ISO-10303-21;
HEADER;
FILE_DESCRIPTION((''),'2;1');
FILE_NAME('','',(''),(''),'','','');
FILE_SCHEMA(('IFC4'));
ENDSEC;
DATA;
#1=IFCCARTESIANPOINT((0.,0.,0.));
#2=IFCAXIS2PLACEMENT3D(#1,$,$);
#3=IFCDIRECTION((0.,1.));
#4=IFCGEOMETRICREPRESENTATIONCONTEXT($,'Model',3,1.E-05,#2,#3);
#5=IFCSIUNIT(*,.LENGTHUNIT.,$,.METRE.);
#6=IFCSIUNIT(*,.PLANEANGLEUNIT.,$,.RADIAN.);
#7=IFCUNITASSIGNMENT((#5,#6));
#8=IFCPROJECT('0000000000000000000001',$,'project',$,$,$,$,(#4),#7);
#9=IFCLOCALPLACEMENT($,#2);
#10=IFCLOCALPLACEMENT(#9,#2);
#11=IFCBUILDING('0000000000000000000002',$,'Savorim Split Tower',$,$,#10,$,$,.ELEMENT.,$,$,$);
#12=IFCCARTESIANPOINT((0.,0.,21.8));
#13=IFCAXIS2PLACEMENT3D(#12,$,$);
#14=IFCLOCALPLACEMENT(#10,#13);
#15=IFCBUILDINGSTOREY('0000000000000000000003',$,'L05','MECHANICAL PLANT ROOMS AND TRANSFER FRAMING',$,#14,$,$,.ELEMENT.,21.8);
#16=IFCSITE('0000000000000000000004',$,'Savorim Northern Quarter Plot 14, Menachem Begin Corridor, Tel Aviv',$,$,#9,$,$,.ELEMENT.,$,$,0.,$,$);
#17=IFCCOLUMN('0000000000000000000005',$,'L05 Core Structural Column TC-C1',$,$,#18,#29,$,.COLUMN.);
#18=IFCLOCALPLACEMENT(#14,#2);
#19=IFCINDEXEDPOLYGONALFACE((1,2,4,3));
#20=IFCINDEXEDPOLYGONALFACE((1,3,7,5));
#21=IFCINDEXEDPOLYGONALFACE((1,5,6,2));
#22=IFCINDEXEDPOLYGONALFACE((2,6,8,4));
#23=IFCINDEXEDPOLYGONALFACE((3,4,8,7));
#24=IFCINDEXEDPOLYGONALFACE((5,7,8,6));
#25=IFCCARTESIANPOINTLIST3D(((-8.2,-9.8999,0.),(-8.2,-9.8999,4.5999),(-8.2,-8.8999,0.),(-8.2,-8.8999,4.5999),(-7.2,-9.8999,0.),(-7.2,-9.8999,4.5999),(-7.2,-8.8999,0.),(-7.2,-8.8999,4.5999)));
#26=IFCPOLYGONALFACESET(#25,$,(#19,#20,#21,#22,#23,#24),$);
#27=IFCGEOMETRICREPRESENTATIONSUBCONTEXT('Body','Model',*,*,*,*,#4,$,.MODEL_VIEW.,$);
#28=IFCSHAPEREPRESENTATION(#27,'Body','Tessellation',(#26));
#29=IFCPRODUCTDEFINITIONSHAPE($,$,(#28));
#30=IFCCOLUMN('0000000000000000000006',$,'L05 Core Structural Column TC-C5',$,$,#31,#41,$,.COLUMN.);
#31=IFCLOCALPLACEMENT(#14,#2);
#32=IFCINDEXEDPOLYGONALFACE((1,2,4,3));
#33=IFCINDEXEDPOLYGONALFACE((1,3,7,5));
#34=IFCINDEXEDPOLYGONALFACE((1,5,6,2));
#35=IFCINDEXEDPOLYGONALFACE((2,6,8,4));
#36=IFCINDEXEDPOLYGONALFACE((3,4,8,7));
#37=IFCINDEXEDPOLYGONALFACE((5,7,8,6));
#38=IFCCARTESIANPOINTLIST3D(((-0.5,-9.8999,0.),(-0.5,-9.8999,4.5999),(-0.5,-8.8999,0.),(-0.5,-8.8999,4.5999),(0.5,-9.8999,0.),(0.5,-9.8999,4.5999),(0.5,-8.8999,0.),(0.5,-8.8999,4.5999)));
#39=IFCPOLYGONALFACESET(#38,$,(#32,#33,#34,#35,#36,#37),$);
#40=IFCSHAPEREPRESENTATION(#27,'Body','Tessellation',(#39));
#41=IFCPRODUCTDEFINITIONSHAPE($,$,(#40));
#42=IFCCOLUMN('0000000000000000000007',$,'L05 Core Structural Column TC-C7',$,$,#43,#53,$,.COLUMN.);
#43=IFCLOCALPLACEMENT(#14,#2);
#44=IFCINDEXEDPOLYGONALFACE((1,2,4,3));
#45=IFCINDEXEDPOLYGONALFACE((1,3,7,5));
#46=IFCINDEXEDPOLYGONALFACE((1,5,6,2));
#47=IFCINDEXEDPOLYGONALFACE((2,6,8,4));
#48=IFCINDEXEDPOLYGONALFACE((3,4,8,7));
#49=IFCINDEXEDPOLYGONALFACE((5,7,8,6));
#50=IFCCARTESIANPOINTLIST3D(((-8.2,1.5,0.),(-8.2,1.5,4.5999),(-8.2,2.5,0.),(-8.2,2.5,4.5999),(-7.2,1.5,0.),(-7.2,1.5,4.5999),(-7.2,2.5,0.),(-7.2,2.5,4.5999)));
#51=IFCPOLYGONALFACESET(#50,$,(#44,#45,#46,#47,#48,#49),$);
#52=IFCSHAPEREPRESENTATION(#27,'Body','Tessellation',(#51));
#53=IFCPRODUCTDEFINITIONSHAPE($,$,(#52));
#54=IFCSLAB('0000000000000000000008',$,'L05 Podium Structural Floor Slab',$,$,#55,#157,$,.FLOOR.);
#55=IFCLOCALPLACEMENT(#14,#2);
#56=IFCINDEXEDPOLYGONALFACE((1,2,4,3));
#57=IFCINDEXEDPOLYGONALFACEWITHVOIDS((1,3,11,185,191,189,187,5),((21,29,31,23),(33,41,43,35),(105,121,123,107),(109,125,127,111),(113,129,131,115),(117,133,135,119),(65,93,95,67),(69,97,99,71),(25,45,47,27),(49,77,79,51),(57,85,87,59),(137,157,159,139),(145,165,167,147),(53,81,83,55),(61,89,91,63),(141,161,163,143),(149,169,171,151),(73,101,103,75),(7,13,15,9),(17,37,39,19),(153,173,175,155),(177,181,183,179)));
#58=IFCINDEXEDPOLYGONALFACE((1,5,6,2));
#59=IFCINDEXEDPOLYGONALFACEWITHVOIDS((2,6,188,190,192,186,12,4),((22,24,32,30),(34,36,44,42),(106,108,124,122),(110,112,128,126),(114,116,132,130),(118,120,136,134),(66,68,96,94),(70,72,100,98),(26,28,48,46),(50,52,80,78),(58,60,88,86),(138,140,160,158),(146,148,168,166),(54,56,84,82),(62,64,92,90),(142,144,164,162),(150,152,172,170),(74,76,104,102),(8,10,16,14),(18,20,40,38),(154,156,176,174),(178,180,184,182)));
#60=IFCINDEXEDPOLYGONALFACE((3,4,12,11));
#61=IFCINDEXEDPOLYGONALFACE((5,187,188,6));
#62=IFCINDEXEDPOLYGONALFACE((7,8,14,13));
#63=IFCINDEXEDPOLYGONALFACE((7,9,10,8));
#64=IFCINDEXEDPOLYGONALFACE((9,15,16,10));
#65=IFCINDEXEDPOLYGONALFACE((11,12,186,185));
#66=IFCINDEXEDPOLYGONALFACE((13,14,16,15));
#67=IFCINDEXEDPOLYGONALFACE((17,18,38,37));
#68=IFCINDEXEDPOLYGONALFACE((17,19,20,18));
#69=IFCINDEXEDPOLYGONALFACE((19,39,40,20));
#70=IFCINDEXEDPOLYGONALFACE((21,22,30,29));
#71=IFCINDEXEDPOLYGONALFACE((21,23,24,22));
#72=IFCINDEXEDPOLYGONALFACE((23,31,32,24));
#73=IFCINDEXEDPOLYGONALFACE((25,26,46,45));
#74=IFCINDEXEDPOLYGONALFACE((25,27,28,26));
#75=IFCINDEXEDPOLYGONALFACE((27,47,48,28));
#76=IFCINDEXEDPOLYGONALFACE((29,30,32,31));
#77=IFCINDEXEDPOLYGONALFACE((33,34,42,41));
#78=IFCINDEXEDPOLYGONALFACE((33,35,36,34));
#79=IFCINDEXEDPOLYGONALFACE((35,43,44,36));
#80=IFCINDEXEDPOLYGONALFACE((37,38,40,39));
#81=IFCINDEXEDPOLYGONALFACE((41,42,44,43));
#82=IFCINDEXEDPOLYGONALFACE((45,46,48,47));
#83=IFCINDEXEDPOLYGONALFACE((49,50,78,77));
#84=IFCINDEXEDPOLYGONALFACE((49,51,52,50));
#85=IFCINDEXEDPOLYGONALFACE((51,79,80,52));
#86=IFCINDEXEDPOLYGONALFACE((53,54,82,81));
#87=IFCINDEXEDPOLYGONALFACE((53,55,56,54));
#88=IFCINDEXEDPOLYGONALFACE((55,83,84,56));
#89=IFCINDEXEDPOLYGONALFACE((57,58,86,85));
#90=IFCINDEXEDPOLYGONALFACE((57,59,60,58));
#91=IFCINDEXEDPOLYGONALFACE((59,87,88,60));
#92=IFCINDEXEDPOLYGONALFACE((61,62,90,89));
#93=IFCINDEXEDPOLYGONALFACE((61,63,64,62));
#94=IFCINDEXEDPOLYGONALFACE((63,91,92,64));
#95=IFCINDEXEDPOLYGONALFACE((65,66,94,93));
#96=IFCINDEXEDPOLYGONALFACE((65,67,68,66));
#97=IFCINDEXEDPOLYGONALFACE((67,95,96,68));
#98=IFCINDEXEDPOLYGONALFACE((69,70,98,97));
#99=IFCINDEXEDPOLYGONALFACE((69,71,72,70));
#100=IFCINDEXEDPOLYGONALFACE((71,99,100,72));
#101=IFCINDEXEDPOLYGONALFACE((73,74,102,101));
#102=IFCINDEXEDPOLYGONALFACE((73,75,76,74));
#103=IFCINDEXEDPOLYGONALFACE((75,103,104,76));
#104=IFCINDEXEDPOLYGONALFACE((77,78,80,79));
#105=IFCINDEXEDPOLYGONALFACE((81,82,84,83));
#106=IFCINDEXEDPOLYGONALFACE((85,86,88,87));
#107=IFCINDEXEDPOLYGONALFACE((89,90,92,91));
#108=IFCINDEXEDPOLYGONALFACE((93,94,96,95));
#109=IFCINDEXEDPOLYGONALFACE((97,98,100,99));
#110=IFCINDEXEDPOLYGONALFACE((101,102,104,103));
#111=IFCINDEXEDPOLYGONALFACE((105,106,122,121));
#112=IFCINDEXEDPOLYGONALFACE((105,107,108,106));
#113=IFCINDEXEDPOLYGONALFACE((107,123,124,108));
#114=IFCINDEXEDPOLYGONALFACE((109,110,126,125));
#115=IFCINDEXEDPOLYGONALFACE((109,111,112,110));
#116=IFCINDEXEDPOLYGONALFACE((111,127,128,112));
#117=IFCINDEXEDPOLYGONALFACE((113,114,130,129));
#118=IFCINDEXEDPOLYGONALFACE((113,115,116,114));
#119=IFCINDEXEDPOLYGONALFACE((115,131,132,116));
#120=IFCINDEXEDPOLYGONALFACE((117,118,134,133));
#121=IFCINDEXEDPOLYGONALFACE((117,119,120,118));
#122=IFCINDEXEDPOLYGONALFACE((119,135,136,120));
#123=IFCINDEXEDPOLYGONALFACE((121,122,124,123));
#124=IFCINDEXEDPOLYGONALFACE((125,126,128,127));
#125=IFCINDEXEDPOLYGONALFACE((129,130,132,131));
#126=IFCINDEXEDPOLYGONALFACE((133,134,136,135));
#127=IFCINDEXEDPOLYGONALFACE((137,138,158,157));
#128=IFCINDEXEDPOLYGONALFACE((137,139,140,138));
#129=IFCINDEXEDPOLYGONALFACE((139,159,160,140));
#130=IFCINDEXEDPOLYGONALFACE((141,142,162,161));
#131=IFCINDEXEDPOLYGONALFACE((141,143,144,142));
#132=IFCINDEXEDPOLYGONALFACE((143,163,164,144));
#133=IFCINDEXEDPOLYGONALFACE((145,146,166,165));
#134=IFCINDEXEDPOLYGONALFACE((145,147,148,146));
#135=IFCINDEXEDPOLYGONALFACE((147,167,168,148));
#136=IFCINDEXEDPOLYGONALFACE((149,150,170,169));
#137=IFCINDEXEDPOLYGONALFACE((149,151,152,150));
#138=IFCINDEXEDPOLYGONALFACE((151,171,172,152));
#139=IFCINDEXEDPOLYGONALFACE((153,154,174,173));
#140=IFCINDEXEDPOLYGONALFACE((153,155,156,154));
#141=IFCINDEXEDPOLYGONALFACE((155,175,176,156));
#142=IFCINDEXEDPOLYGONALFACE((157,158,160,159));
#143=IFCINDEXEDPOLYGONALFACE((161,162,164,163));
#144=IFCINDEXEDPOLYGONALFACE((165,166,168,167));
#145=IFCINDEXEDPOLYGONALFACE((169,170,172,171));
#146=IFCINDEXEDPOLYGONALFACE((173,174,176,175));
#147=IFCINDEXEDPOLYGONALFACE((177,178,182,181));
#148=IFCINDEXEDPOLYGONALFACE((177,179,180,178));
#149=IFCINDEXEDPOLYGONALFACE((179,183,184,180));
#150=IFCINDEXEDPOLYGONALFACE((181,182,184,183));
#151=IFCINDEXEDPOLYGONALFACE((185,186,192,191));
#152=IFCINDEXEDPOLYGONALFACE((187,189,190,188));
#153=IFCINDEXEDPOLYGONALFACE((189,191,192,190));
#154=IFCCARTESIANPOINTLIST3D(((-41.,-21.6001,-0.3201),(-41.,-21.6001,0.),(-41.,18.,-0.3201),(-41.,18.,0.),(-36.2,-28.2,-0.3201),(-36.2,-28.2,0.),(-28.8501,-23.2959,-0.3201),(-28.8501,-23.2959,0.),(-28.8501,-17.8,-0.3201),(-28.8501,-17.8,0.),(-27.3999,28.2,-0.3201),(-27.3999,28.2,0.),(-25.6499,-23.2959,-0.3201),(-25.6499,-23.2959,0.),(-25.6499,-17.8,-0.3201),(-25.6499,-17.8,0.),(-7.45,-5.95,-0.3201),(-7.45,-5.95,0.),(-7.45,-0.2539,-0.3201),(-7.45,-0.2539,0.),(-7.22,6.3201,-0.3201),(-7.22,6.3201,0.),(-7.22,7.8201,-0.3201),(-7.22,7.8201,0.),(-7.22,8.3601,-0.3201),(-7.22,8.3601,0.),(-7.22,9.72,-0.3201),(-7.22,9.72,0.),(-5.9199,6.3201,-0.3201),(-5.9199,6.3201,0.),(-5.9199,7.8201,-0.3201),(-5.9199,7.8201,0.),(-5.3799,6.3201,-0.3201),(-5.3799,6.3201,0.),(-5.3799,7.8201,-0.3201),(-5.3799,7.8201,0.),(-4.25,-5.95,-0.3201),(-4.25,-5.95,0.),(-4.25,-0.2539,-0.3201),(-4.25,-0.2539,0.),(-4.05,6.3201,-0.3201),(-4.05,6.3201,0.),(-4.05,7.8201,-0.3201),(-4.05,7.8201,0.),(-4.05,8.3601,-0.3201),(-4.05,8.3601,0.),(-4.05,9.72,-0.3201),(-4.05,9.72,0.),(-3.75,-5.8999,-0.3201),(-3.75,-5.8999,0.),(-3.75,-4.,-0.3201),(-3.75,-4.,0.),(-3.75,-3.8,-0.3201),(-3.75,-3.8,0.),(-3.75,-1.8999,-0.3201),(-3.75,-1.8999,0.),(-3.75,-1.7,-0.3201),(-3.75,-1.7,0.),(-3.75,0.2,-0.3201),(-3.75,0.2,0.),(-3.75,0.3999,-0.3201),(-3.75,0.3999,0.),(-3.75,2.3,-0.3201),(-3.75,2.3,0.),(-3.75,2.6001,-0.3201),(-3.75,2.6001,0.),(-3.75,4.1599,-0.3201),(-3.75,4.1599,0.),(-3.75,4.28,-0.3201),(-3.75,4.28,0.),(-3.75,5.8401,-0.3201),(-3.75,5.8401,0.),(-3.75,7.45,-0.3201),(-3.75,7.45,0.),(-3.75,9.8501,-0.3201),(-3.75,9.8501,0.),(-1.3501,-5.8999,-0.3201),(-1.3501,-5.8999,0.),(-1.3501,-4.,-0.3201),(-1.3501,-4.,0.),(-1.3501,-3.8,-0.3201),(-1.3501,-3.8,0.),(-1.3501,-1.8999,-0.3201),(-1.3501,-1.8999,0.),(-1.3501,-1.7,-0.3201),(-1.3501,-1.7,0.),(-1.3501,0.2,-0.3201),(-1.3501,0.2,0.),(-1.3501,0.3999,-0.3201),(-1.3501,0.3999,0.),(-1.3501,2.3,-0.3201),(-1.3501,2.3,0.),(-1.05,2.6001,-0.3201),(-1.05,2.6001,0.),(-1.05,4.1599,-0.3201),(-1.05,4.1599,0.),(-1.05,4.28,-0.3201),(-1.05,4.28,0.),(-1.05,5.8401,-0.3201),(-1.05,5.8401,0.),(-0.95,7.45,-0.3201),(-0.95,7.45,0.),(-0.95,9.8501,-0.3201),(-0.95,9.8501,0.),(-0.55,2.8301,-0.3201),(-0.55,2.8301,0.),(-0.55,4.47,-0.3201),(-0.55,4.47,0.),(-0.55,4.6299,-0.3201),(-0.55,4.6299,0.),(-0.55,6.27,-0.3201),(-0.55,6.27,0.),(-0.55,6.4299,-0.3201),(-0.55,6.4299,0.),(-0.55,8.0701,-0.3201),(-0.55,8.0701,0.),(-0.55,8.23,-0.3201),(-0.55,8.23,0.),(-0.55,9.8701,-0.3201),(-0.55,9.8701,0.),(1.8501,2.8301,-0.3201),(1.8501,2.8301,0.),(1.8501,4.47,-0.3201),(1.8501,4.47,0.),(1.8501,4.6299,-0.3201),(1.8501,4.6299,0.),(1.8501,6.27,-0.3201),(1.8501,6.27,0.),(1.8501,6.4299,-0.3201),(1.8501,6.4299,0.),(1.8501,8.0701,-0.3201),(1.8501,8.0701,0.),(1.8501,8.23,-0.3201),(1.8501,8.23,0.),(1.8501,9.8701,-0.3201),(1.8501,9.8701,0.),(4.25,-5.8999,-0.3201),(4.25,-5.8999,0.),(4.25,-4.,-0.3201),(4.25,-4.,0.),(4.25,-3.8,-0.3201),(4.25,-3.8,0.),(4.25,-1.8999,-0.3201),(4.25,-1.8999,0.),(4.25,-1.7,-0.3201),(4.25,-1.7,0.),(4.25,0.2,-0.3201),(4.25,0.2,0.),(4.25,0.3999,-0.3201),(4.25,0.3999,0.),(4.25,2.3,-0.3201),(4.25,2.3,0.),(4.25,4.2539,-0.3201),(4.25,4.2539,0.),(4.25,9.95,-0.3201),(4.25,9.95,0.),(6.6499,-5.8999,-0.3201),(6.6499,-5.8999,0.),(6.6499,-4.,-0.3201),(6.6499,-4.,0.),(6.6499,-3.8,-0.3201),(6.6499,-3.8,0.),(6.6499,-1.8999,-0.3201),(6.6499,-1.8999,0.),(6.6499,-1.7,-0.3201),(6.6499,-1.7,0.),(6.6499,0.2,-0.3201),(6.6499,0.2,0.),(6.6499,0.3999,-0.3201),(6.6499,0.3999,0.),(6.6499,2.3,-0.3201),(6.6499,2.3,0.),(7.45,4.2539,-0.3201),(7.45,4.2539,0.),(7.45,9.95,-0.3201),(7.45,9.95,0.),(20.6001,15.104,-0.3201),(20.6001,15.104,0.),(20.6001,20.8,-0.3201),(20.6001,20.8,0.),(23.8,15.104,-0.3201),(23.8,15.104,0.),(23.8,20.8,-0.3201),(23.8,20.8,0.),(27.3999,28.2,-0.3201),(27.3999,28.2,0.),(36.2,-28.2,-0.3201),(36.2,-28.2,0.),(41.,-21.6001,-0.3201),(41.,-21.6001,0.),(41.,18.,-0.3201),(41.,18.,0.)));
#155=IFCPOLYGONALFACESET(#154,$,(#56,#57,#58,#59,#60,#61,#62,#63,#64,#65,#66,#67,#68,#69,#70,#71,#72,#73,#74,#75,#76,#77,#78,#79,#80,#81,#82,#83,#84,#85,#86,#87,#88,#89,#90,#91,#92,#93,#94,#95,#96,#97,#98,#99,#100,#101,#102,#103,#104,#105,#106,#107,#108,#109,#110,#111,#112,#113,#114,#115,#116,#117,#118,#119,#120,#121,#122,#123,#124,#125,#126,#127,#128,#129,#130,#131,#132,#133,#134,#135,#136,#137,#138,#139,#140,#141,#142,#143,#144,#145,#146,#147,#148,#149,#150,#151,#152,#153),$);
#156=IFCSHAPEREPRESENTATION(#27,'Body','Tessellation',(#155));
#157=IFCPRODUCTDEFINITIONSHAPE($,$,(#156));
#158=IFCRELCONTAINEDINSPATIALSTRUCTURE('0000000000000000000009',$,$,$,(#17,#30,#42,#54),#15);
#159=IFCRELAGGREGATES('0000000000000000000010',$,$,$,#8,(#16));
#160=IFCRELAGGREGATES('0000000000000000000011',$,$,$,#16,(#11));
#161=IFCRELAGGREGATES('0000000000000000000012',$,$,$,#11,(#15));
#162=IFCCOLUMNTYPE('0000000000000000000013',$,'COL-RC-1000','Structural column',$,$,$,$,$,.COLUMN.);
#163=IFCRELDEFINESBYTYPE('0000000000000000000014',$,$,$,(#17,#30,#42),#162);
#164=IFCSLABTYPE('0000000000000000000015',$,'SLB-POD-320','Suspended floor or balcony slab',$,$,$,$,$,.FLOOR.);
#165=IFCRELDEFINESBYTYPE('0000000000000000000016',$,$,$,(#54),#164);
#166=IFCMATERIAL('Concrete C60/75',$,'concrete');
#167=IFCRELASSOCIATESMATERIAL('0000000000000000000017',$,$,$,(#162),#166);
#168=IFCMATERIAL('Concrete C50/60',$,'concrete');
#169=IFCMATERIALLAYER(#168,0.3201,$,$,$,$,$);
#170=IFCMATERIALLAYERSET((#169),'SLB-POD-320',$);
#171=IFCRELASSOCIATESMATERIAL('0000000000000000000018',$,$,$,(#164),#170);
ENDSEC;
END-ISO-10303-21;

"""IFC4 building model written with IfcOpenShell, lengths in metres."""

from ifc_helpers import new_model, si_unit, direction, frame, origin, origin_2d, place, context, subcontext, project, spatial, polyline, rectangle, outline, extrude, material, layer, layer_set, material_profile, profile_set, type_object, element, save


model = new_model("IFC4")

# Units and contexts
model_context = context("Model", 3, precision=1e-05, world=origin(), true_north=direction((0.0, 1.0)))
body_context = subcontext(model_context, "Body", "Model", "MODEL_VIEW")
ifc_project = project(units=[si_unit("LENGTHUNIT", "METRE"), si_unit("PLANEANGLEUNIT", "RADIAN")], contexts=[model_context])

# Site, building, storey
site_placement = place(None, origin())
site = spatial("IfcSite", under=ifc_project, at=site_placement, Name="Savorim Northern Quarter Plot 14, Menachem Begin Corridor, Tel Aviv", CompositionType="ELEMENT", RefElevation=0.0)
building_placement = place(site_placement, origin())
building = spatial("IfcBuilding", under=site, at=building_placement, Name="Savorim Split Tower", CompositionType="ELEMENT")
storey_placement = place(building_placement, frame((0.0, 0.0, 21.8)))
storey = spatial("IfcBuildingStorey", under=building, at=storey_placement, Name="L05", Description="MECHANICAL PLANT ROOMS AND TRANSFER FRAMING", CompositionType="ELEMENT", Elevation=21.8)

# Columns
ifc_material_1 = material(Name="Concrete C60/75", Category="concrete")
ifc_material_profile = material_profile(ifc_material_1, rectangle(XDim=1.0, YDim=1.0, at=origin_2d()), Name="RC 1000x1000")
ifc_profile_set = profile_set([ifc_material_profile], Name="Concrete C60/75")
column_type = type_object("IfcColumnType", Name="COL-RC-1000", Description="Structural column", PredefinedType="COLUMN", material=ifc_profile_set)
for number, where, z_axis, x_axis, name in (
    (1, (-7.7, -9.3999, 0.0), (0.0, 0.0, 1.0), (1.0, 0.0, 0.0), "L05 Core Structural Column TC-C1"),
    (2, (0.0, -9.3999, 0.0), (0.0, 0.0, 1.0), (1.0, 0.0, 0.0), "L05 Core Structural Column TC-C5"),
    (3, (-7.7, 2.0, 0.0), (0.0, 0.0, 1.0), (1.0, 0.0, 0.0), "L05 Core Structural Column TC-C7"),
):
    element("IfcColumn", number, at=place(storey_placement, frame(where, z_axis=z_axis, x_axis=x_axis)), inside=storey, type_object=column_type, Name=name, PredefinedType="COLUMN", context=body_context, shape_type="SweptSolid", body=[
        extrude(rectangle(XDim=1.0, YDim=1.0, at=origin_2d()), origin(), (0.0, 0.0, 1.0), 4.5999),
    ])

# Slab
ifc_material_2 = material(Name="Concrete C50/60", Category="concrete")
ifc_layer_1 = layer(ifc_material_2, 0.3201)
ifc_layer_set_1 = layer_set([ifc_layer_1], Name="SLB-POD-320")
slab_type = type_object("IfcSlabType", Name="SLB-POD-320", Description="Suspended floor or balcony slab", PredefinedType="FLOOR", material=ifc_layer_set_1)
slab_placement = place(storey_placement, frame((0.0, 0.0, -0.3201)))
element("IfcSlab", 4, at=slab_placement, inside=storey, type_object=slab_type, Name="L05 Podium Structural Floor Slab", PredefinedType="FLOOR", context=body_context, shape_type="SweptSolid", body=[
    extrude(outline(polyline([(-36.2, -28.2), (36.2, -28.2), (41.0, -21.6001), (41.0, 18.0), (27.3999, 28.2), (-27.3999, 28.2), (-41.0, 18.0), (-41.0, -21.6001), (-36.2, -28.2)]), holes=[polyline([(-7.45, -0.2539), (-7.45, -5.95), (-4.25, -5.95), (-4.25, -0.2539), (-7.45, -0.2539)]), polyline([(7.45, 4.2539), (7.45, 9.95), (4.25, 9.95), (4.25, 4.2539), (7.45, 4.2539)]), polyline([(23.8, 15.104), (23.8, 20.8), (20.6001, 20.8), (20.6001, 15.104), (23.8, 15.104)]), polyline([(-25.6499, -23.2959), (-25.6499, -17.8), (-28.8501, -17.8), (-28.8501, -23.2959), (-25.6499, -23.2959)]), polyline([(4.25, -5.8999), (6.6499, -5.8999), (6.6499, -4.0), (4.25, -4.0), (4.25, -5.8999)]), polyline([(4.25, -3.8), (6.6499, -3.8), (6.6499, -1.8999), (4.25, -1.8999), (4.25, -3.8)]), polyline([(4.25, -1.7), (6.6499, -1.7), (6.6499, 0.2), (4.25, 0.2), (4.25, -1.7)]), polyline([(4.25, 0.3999), (6.6499, 0.3999), (6.6499, 2.3), (4.25, 2.3), (4.25, 0.3999)]), polyline([(-3.75, -5.8999), (-1.3501, -5.8999), (-1.3501, -4.0), (-3.75, -4.0), (-3.75, -5.8999)]), polyline([(-3.75, -3.8), (-1.3501, -3.8), (-1.3501, -1.8999), (-3.75, -1.8999), (-3.75, -3.8)]), polyline([(-3.75, -1.7), (-1.3501, -1.7), (-1.3501, 0.2), (-3.75, 0.2), (-3.75, -1.7)]), polyline([(-3.75, 0.3999), (-1.3501, 0.3999), (-1.3501, 2.3), (-3.75, 2.3), (-3.75, 0.3999)]), polyline([(-0.55, 2.8301), (1.8501, 2.8301), (1.8501, 4.47), (-0.55, 4.47), (-0.55, 2.8301)]), polyline([(-0.55, 4.6299), (1.8501, 4.6299), (1.8501, 6.27), (-0.55, 6.27), (-0.55, 4.6299)]), polyline([(-0.55, 6.4299), (1.8501, 6.4299), (1.8501, 8.0701), (-0.55, 8.0701), (-0.55, 6.4299)]), polyline([(-0.55, 8.23), (1.8501, 8.23), (1.8501, 9.8701), (-0.55, 9.8701), (-0.55, 8.23)]), polyline([(-3.75, 2.6001), (-1.05, 2.6001), (-1.05, 4.1599), (-3.75, 4.1599), (-3.75, 2.6001)]), polyline([(-3.75, 4.28), (-1.05, 4.28), (-1.05, 5.8401), (-3.75, 5.8401), (-3.75, 4.28)]), polyline([(-3.75, 7.45), (-0.95, 7.45), (-0.95, 9.8501), (-3.75, 9.8501), (-3.75, 7.45)]), polyline([(-7.22, 6.3201), (-5.9199, 6.3201), (-5.9199, 7.8201), (-7.22, 7.8201), (-7.22, 6.3201)]), polyline([(-5.3799, 6.3201), (-4.05, 6.3201), (-4.05, 7.8201), (-5.3799, 7.8201), (-5.3799, 6.3201)]), polyline([(-7.22, 8.3601), (-4.05, 8.3601), (-4.05, 9.72), (-7.22, 9.72), (-7.22, 8.3601)])]), origin(), (0.0, 0.0, 1.0), 0.3201),
])

save(model, "model.ifc")
